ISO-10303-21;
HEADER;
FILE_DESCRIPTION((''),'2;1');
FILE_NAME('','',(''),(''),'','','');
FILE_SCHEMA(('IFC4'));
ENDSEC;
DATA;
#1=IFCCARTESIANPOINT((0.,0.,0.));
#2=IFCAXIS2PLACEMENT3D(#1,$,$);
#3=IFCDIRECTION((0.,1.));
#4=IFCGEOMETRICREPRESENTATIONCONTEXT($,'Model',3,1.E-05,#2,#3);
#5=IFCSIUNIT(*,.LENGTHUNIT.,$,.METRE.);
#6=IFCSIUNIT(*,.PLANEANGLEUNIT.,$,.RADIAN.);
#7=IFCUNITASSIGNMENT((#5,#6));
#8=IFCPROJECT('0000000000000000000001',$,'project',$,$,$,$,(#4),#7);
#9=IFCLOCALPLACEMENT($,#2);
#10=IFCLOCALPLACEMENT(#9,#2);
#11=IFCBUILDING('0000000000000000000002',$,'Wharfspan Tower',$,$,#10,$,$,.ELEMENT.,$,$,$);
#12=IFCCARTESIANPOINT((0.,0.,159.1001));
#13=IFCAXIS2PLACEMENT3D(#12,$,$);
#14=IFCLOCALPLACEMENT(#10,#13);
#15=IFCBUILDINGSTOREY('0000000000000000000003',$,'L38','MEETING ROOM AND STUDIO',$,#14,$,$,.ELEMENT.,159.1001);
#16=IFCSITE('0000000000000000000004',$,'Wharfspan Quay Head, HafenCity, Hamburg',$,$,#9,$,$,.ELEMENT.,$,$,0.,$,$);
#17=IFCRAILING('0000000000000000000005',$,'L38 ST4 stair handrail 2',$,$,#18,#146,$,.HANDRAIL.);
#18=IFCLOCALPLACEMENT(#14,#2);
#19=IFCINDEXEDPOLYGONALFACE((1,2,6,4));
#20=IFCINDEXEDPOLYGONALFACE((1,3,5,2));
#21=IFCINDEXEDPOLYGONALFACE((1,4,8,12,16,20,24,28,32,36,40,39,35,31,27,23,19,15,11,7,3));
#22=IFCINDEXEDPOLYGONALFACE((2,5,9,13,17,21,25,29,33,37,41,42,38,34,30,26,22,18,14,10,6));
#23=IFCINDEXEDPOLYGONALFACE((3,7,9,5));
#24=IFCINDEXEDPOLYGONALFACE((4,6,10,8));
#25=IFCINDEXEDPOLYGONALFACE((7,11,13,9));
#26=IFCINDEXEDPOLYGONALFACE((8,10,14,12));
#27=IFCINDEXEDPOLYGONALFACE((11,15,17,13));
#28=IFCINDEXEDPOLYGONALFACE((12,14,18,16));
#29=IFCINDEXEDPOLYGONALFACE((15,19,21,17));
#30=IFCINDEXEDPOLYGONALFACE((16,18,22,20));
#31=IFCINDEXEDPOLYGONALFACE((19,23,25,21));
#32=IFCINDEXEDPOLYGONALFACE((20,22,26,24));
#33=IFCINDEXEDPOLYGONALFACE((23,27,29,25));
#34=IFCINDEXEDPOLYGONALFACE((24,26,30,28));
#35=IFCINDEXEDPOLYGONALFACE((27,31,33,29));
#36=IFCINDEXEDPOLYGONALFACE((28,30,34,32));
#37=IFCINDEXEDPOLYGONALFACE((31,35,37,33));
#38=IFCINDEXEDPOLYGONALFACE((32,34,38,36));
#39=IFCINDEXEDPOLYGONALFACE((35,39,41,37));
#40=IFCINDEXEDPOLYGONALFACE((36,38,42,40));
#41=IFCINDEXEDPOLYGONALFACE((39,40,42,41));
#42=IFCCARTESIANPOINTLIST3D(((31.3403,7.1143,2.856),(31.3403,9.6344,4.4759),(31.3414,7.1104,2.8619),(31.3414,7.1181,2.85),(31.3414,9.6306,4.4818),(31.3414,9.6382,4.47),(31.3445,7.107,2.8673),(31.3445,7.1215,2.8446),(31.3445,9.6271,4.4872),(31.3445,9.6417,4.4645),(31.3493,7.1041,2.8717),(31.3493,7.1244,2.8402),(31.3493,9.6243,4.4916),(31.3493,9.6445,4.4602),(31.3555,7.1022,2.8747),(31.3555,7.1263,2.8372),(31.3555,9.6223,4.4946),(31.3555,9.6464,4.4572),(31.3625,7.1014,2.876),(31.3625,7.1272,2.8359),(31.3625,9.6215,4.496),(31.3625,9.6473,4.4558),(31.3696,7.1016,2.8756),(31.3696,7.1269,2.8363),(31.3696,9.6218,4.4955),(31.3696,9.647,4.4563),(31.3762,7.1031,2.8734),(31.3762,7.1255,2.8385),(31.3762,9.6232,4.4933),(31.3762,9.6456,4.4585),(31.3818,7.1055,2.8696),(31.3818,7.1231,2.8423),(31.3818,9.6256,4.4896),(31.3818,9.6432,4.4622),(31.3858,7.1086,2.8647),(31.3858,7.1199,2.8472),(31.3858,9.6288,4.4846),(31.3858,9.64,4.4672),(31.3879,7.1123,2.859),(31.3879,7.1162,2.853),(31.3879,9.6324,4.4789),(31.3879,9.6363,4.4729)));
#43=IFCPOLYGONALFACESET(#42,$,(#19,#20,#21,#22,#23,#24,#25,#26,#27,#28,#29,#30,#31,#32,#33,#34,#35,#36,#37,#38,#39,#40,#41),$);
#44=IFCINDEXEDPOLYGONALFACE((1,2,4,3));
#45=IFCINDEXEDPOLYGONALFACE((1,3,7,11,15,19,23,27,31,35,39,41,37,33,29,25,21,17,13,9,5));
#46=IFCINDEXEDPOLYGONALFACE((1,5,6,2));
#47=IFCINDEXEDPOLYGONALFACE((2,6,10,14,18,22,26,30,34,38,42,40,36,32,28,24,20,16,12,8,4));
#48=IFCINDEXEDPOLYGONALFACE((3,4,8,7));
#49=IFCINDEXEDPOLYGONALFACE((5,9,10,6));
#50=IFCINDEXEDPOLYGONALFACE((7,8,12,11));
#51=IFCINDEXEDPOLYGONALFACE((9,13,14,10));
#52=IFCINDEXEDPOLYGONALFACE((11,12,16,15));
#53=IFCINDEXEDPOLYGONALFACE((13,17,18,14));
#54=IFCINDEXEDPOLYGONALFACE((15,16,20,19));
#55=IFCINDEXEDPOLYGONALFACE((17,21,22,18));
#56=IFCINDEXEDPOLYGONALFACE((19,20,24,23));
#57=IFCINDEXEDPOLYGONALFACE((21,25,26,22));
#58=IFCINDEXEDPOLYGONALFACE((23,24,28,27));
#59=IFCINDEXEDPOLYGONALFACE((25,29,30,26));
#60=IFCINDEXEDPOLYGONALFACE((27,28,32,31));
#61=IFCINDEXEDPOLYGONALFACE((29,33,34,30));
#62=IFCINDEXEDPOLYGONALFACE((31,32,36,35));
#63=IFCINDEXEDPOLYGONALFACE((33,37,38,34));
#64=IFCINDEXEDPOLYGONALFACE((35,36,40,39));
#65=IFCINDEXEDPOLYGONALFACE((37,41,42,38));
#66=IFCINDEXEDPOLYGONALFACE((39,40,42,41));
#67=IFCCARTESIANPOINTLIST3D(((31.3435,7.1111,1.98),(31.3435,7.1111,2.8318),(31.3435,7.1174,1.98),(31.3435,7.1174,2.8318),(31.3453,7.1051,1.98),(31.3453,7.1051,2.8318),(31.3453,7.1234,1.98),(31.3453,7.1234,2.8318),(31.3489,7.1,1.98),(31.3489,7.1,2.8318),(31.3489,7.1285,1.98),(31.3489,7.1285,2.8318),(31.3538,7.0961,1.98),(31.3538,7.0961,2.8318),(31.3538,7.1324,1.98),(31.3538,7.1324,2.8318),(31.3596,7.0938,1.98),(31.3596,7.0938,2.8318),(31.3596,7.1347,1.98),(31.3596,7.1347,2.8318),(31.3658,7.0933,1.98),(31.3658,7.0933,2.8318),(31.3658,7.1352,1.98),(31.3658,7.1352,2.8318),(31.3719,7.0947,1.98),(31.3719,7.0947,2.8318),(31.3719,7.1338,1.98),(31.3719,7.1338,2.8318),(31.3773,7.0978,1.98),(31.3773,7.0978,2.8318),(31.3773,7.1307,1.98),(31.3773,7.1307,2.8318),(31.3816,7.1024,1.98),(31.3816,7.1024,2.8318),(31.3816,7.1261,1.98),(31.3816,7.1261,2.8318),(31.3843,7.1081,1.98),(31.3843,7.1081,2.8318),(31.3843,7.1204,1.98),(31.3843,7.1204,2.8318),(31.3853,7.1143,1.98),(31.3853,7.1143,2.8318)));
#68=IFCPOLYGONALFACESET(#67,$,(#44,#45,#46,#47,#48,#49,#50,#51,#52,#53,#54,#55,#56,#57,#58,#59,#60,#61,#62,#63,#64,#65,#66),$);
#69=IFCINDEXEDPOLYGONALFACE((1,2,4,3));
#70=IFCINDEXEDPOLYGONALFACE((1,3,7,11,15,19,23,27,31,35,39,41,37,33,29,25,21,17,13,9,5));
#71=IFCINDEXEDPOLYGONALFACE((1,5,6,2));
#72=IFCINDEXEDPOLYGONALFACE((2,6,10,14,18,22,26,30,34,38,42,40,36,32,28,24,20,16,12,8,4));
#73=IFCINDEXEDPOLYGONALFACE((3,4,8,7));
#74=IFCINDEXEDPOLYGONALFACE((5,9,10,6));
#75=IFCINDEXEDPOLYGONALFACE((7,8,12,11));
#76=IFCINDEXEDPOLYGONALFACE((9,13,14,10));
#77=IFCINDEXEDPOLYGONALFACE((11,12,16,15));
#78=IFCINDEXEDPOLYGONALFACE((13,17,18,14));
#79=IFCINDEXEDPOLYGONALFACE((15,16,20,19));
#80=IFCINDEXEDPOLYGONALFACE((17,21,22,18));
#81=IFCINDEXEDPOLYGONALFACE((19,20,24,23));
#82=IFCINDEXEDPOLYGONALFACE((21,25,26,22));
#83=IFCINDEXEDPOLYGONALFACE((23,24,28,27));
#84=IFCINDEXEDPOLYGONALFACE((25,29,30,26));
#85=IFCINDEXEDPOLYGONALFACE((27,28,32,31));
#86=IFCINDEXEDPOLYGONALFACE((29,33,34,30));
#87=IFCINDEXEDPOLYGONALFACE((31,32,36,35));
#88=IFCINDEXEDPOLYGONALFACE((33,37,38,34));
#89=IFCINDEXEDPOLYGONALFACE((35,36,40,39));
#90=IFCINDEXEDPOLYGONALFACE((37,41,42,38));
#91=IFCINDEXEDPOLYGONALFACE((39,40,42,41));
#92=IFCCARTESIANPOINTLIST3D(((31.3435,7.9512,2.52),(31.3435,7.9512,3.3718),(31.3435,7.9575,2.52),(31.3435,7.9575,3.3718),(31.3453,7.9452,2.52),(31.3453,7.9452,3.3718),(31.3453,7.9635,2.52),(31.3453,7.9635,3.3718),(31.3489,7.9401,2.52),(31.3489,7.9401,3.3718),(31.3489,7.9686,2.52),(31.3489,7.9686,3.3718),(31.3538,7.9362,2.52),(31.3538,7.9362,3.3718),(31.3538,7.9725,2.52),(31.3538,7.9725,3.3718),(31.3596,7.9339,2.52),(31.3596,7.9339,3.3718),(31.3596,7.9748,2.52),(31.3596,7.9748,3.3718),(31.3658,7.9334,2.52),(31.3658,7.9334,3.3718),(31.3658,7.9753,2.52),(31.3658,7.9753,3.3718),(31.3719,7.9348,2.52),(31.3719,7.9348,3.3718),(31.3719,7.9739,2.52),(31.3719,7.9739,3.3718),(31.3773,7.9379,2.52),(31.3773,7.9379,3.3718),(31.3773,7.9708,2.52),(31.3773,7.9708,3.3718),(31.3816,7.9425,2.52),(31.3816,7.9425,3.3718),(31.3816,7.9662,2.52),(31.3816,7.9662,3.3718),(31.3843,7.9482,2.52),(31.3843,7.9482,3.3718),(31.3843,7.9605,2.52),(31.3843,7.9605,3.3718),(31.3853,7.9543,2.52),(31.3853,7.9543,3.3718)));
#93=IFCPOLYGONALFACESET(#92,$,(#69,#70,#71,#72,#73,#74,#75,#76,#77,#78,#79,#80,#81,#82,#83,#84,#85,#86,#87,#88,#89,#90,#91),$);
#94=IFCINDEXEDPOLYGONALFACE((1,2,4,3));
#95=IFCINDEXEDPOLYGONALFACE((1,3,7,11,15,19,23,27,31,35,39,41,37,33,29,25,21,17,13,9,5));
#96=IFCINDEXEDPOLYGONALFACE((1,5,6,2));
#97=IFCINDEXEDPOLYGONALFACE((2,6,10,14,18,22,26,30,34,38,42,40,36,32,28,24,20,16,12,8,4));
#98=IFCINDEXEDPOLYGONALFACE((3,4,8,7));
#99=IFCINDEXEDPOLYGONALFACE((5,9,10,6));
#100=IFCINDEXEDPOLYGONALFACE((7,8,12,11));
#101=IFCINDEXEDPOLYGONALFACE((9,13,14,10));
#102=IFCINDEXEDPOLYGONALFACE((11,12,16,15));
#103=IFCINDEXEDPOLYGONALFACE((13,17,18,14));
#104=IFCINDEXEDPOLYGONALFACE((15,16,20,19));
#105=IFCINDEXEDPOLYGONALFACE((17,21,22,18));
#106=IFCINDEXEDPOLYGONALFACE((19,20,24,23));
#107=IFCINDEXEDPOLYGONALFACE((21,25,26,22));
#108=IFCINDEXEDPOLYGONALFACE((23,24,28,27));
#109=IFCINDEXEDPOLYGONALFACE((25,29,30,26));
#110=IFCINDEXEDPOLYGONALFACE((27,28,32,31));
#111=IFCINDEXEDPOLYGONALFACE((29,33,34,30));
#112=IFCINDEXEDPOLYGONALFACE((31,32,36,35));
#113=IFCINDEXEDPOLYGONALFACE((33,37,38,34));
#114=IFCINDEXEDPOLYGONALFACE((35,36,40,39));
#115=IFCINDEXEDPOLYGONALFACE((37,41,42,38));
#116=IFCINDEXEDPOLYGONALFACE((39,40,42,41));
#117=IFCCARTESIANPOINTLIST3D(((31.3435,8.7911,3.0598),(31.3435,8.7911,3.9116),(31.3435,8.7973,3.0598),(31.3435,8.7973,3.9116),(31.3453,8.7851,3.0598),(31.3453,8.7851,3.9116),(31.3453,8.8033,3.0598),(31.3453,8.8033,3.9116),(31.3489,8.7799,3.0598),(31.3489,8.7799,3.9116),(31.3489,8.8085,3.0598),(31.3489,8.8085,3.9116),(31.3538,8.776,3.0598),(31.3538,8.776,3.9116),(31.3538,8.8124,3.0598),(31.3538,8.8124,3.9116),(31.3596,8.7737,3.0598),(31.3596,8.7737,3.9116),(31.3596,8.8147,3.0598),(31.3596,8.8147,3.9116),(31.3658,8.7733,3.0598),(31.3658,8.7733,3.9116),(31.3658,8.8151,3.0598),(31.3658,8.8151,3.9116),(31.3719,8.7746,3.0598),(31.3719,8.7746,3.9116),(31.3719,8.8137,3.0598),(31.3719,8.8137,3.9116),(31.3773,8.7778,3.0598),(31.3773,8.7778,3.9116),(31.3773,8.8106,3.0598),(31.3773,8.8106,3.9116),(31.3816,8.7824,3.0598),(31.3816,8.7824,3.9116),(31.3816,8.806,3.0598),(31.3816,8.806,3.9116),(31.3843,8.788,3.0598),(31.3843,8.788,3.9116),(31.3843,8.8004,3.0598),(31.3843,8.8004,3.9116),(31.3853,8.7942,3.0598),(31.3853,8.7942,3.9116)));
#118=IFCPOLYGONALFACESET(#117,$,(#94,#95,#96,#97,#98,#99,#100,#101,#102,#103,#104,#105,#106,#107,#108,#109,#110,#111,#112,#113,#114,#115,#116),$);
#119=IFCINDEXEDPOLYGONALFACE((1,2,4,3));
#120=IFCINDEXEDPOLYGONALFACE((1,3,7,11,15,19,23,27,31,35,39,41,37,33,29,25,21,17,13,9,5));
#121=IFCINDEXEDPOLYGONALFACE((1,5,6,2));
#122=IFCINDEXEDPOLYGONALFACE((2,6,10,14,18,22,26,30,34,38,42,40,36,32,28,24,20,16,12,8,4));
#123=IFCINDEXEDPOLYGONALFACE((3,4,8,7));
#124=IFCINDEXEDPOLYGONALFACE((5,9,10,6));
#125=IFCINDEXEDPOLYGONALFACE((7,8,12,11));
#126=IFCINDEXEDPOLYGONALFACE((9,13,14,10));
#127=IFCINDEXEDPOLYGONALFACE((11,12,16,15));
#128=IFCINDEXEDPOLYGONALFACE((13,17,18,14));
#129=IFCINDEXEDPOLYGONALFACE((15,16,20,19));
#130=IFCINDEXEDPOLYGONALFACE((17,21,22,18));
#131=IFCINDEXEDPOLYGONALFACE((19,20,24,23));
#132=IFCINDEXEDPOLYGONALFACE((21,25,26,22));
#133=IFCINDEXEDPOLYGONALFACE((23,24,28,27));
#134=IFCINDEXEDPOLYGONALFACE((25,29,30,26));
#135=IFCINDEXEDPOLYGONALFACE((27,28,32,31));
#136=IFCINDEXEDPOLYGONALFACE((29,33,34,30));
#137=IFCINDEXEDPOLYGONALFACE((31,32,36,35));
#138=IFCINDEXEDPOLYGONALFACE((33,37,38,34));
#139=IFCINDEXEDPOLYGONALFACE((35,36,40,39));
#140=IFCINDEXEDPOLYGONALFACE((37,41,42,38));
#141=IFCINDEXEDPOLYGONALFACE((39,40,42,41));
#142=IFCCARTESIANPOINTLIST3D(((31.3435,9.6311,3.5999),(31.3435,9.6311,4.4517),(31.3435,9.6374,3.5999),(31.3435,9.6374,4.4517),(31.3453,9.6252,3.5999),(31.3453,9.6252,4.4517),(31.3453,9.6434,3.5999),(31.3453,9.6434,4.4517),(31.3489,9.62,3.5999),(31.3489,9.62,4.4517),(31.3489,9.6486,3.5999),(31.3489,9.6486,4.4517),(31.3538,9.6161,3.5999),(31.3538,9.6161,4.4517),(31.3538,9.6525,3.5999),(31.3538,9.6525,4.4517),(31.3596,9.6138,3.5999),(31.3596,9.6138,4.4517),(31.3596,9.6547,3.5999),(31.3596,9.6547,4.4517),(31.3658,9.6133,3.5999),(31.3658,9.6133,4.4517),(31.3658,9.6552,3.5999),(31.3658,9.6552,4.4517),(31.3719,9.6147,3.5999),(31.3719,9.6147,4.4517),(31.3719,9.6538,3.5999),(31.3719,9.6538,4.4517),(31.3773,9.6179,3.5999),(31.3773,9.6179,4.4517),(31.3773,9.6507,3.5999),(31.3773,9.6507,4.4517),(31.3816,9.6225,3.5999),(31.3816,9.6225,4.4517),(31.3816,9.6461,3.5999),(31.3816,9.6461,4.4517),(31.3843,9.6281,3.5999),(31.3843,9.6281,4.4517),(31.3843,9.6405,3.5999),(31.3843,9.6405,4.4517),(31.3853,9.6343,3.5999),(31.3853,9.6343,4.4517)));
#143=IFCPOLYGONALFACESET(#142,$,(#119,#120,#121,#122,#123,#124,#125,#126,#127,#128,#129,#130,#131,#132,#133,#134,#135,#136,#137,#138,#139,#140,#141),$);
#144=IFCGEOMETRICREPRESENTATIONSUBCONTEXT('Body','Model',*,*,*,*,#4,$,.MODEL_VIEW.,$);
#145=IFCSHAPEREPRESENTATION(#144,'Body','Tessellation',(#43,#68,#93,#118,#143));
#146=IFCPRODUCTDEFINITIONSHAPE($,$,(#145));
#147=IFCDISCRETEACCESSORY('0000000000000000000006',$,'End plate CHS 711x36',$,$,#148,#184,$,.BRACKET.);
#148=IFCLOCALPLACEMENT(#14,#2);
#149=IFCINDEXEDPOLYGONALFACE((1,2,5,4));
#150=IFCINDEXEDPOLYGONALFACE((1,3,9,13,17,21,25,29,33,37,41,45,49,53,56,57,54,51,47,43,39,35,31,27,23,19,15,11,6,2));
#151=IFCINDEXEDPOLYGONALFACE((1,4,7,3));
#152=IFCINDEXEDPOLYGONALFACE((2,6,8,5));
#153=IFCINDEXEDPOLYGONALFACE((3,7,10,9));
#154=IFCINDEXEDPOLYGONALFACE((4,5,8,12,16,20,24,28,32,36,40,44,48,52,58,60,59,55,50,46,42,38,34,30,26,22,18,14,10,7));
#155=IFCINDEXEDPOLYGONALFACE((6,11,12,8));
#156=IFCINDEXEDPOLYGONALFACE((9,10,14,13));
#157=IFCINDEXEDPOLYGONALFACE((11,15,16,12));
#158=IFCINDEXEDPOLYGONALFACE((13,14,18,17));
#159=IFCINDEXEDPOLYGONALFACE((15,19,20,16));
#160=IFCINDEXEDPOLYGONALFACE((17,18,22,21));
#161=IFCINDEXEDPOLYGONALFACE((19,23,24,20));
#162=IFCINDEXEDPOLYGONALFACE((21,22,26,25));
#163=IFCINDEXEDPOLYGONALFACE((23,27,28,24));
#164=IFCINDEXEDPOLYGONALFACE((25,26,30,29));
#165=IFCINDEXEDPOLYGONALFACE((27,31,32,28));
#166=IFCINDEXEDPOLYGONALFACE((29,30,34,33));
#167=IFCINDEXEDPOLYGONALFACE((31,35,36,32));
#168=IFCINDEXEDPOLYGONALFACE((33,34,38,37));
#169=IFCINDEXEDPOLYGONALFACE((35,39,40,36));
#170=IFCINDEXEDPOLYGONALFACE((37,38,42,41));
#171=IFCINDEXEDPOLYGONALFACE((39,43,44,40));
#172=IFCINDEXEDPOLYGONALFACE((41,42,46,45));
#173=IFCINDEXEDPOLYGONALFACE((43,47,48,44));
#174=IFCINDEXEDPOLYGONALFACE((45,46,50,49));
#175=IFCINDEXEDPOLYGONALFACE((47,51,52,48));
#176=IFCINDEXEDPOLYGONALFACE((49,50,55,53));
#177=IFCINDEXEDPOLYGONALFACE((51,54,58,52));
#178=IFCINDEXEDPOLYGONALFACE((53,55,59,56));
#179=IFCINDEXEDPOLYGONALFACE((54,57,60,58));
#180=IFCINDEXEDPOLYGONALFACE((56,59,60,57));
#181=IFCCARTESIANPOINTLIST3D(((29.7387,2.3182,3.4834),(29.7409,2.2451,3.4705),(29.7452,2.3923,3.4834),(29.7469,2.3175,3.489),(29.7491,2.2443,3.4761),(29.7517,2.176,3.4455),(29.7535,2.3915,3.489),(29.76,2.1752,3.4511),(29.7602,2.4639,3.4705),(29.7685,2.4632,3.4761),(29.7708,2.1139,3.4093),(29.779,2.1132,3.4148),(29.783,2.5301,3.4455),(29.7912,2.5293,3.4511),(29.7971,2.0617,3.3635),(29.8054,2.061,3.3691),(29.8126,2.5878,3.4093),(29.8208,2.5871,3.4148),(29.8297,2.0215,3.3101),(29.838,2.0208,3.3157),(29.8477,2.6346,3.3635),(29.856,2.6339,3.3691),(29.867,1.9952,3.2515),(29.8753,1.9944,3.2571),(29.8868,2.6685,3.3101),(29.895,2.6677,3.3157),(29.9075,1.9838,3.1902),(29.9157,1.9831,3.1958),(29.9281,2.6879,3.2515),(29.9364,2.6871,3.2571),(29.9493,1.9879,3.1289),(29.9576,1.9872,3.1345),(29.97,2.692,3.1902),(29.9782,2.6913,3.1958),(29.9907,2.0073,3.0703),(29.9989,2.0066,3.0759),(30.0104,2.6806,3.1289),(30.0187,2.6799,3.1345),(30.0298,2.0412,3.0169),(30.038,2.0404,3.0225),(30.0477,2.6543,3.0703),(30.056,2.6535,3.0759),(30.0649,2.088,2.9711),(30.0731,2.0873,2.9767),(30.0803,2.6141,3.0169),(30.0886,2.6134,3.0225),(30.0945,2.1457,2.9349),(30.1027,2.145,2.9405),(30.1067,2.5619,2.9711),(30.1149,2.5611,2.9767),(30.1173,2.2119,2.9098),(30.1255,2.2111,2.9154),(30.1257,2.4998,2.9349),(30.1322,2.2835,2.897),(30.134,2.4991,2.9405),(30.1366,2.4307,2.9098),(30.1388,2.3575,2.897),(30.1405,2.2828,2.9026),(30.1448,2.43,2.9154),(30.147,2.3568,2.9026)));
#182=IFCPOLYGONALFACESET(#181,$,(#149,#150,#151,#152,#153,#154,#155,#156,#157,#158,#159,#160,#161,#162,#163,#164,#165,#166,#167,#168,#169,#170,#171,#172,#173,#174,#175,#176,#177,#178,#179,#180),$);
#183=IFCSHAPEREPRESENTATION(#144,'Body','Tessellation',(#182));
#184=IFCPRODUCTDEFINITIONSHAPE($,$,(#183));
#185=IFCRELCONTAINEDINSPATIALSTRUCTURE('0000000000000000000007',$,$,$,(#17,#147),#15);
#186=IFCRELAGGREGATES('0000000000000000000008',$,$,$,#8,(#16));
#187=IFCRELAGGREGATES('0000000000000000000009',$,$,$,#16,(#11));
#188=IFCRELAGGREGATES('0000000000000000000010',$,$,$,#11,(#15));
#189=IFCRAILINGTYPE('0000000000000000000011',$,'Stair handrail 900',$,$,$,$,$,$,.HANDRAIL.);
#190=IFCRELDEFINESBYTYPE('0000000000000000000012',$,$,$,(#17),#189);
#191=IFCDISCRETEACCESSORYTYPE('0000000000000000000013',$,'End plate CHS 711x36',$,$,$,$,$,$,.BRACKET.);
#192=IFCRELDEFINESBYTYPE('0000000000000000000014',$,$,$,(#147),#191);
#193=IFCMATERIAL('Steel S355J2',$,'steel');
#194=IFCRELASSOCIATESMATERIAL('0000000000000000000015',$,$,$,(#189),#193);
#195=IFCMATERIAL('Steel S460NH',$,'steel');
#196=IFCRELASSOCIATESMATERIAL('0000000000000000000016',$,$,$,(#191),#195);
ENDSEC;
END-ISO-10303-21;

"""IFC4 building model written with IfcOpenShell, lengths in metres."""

from ifc_helpers import new_model, si_unit, direction, frame, origin, origin_2d, place, context, subcontext, project, spatial, circle, extrude, material, material_profile, profile_set, type_object, element, save


model = new_model("IFC4")

# Units and contexts
model_context = context("Model", 3, precision=1e-05, world=origin(), true_north=direction((0.0, 1.0)))
body_context = subcontext(model_context, "Body", "Model", "MODEL_VIEW")
ifc_project = project(units=[si_unit("LENGTHUNIT", "METRE"), si_unit("PLANEANGLEUNIT", "RADIAN")], contexts=[model_context])

# Site, building, storey
site_placement = place(None, origin())
site = spatial("IfcSite", under=ifc_project, at=site_placement, Name="Wharfspan Quay Head, HafenCity, Hamburg", CompositionType="ELEMENT", RefElevation=0.0)
building_placement = place(site_placement, origin())
building = spatial("IfcBuilding", under=site, at=building_placement, Name="Wharfspan Tower", CompositionType="ELEMENT")
storey_placement = place(building_placement, frame((0.0, 0.0, 159.1001)))
storey = spatial("IfcBuildingStorey", under=building, at=storey_placement, Name="L38", Description="MEETING ROOM AND STUDIO", CompositionType="ELEMENT", Elevation=159.1001)

# Shared definitions
ifc_material_1 = material(Name="Steel S355J2", Category="steel")

# Shared definitions
ifc_material_2 = material(Name="Steel S460NH", Category="steel")

# Railing
railing_type_1 = type_object("IfcRailingType", Name="Stair handrail 900", PredefinedType="HANDRAIL", material=ifc_material_1)
railing_1_placement = place(storey_placement, frame((31.3643, 7.1143, 1.98)))
element("IfcRailing", 1, at=railing_1_placement, inside=storey, type_object=railing_type_1, Name="L38 ST4 stair handrail 2", PredefinedType="HANDRAIL", context=body_context, shape_type="SweptSolid", body=[
    extrude(circle(Radius=0.0239, at=origin_2d()), frame((0.0, 0.0, 0.876), z_axis=(0.0, 0.8412, 0.540725), x_axis=(-1.0, 0.0, 0.0)), (0.0, 0.0, 1.0), 2.9958),
    extrude(circle(Radius=0.021, at=origin_2d()), origin(), (0.0, 0.0, 1.0), 0.8518),
    extrude(circle(Radius=0.021, at=origin_2d()), frame((0.0, 0.8401, 0.54)), (0.0, 0.0, 1.0), 0.8518),
    extrude(circle(Radius=0.021, at=origin_2d()), frame((0.0, 1.6799, 1.0798)), (0.0, 0.0, 1.0), 0.8518),
    extrude(circle(Radius=0.021, at=origin_2d()), frame((0.0, 2.52, 1.6199)), (0.0, 0.0, 1.0), 0.8518),
])

# Discrete accessory
ifc_material_profile_1 = material_profile(ifc_material_2, circle(Radius=0.3555, at=origin_2d()))
ifc_profile_set_1 = profile_set([ifc_material_profile_1], Name="Steel S460NH")
discrete_accessory_type = type_object("IfcDiscreteAccessoryType", Name="End plate CHS 711x36", PredefinedType="BRACKET", material=ifc_profile_set_1)
discrete_accessory_1_placement = place(storey_placement, frame((29.9387, 2.3379, 3.1902), z_axis=(0.82608, -0.072889, 0.558819), x_axis=(0.087894, 0.99613, -0.000001)))
element("IfcDiscreteAccessory", 2, at=discrete_accessory_1_placement, inside=storey, type_object=discrete_accessory_type, Name="End plate CHS 711x36", PredefinedType="BRACKET", context=body_context, shape_type="SweptSolid", body=[
    extrude(circle(Radius=0.3555, at=origin_2d()), origin(), (0.0, 0.0, 1.0), 0.01),
])

save(model, "model.ifc")
